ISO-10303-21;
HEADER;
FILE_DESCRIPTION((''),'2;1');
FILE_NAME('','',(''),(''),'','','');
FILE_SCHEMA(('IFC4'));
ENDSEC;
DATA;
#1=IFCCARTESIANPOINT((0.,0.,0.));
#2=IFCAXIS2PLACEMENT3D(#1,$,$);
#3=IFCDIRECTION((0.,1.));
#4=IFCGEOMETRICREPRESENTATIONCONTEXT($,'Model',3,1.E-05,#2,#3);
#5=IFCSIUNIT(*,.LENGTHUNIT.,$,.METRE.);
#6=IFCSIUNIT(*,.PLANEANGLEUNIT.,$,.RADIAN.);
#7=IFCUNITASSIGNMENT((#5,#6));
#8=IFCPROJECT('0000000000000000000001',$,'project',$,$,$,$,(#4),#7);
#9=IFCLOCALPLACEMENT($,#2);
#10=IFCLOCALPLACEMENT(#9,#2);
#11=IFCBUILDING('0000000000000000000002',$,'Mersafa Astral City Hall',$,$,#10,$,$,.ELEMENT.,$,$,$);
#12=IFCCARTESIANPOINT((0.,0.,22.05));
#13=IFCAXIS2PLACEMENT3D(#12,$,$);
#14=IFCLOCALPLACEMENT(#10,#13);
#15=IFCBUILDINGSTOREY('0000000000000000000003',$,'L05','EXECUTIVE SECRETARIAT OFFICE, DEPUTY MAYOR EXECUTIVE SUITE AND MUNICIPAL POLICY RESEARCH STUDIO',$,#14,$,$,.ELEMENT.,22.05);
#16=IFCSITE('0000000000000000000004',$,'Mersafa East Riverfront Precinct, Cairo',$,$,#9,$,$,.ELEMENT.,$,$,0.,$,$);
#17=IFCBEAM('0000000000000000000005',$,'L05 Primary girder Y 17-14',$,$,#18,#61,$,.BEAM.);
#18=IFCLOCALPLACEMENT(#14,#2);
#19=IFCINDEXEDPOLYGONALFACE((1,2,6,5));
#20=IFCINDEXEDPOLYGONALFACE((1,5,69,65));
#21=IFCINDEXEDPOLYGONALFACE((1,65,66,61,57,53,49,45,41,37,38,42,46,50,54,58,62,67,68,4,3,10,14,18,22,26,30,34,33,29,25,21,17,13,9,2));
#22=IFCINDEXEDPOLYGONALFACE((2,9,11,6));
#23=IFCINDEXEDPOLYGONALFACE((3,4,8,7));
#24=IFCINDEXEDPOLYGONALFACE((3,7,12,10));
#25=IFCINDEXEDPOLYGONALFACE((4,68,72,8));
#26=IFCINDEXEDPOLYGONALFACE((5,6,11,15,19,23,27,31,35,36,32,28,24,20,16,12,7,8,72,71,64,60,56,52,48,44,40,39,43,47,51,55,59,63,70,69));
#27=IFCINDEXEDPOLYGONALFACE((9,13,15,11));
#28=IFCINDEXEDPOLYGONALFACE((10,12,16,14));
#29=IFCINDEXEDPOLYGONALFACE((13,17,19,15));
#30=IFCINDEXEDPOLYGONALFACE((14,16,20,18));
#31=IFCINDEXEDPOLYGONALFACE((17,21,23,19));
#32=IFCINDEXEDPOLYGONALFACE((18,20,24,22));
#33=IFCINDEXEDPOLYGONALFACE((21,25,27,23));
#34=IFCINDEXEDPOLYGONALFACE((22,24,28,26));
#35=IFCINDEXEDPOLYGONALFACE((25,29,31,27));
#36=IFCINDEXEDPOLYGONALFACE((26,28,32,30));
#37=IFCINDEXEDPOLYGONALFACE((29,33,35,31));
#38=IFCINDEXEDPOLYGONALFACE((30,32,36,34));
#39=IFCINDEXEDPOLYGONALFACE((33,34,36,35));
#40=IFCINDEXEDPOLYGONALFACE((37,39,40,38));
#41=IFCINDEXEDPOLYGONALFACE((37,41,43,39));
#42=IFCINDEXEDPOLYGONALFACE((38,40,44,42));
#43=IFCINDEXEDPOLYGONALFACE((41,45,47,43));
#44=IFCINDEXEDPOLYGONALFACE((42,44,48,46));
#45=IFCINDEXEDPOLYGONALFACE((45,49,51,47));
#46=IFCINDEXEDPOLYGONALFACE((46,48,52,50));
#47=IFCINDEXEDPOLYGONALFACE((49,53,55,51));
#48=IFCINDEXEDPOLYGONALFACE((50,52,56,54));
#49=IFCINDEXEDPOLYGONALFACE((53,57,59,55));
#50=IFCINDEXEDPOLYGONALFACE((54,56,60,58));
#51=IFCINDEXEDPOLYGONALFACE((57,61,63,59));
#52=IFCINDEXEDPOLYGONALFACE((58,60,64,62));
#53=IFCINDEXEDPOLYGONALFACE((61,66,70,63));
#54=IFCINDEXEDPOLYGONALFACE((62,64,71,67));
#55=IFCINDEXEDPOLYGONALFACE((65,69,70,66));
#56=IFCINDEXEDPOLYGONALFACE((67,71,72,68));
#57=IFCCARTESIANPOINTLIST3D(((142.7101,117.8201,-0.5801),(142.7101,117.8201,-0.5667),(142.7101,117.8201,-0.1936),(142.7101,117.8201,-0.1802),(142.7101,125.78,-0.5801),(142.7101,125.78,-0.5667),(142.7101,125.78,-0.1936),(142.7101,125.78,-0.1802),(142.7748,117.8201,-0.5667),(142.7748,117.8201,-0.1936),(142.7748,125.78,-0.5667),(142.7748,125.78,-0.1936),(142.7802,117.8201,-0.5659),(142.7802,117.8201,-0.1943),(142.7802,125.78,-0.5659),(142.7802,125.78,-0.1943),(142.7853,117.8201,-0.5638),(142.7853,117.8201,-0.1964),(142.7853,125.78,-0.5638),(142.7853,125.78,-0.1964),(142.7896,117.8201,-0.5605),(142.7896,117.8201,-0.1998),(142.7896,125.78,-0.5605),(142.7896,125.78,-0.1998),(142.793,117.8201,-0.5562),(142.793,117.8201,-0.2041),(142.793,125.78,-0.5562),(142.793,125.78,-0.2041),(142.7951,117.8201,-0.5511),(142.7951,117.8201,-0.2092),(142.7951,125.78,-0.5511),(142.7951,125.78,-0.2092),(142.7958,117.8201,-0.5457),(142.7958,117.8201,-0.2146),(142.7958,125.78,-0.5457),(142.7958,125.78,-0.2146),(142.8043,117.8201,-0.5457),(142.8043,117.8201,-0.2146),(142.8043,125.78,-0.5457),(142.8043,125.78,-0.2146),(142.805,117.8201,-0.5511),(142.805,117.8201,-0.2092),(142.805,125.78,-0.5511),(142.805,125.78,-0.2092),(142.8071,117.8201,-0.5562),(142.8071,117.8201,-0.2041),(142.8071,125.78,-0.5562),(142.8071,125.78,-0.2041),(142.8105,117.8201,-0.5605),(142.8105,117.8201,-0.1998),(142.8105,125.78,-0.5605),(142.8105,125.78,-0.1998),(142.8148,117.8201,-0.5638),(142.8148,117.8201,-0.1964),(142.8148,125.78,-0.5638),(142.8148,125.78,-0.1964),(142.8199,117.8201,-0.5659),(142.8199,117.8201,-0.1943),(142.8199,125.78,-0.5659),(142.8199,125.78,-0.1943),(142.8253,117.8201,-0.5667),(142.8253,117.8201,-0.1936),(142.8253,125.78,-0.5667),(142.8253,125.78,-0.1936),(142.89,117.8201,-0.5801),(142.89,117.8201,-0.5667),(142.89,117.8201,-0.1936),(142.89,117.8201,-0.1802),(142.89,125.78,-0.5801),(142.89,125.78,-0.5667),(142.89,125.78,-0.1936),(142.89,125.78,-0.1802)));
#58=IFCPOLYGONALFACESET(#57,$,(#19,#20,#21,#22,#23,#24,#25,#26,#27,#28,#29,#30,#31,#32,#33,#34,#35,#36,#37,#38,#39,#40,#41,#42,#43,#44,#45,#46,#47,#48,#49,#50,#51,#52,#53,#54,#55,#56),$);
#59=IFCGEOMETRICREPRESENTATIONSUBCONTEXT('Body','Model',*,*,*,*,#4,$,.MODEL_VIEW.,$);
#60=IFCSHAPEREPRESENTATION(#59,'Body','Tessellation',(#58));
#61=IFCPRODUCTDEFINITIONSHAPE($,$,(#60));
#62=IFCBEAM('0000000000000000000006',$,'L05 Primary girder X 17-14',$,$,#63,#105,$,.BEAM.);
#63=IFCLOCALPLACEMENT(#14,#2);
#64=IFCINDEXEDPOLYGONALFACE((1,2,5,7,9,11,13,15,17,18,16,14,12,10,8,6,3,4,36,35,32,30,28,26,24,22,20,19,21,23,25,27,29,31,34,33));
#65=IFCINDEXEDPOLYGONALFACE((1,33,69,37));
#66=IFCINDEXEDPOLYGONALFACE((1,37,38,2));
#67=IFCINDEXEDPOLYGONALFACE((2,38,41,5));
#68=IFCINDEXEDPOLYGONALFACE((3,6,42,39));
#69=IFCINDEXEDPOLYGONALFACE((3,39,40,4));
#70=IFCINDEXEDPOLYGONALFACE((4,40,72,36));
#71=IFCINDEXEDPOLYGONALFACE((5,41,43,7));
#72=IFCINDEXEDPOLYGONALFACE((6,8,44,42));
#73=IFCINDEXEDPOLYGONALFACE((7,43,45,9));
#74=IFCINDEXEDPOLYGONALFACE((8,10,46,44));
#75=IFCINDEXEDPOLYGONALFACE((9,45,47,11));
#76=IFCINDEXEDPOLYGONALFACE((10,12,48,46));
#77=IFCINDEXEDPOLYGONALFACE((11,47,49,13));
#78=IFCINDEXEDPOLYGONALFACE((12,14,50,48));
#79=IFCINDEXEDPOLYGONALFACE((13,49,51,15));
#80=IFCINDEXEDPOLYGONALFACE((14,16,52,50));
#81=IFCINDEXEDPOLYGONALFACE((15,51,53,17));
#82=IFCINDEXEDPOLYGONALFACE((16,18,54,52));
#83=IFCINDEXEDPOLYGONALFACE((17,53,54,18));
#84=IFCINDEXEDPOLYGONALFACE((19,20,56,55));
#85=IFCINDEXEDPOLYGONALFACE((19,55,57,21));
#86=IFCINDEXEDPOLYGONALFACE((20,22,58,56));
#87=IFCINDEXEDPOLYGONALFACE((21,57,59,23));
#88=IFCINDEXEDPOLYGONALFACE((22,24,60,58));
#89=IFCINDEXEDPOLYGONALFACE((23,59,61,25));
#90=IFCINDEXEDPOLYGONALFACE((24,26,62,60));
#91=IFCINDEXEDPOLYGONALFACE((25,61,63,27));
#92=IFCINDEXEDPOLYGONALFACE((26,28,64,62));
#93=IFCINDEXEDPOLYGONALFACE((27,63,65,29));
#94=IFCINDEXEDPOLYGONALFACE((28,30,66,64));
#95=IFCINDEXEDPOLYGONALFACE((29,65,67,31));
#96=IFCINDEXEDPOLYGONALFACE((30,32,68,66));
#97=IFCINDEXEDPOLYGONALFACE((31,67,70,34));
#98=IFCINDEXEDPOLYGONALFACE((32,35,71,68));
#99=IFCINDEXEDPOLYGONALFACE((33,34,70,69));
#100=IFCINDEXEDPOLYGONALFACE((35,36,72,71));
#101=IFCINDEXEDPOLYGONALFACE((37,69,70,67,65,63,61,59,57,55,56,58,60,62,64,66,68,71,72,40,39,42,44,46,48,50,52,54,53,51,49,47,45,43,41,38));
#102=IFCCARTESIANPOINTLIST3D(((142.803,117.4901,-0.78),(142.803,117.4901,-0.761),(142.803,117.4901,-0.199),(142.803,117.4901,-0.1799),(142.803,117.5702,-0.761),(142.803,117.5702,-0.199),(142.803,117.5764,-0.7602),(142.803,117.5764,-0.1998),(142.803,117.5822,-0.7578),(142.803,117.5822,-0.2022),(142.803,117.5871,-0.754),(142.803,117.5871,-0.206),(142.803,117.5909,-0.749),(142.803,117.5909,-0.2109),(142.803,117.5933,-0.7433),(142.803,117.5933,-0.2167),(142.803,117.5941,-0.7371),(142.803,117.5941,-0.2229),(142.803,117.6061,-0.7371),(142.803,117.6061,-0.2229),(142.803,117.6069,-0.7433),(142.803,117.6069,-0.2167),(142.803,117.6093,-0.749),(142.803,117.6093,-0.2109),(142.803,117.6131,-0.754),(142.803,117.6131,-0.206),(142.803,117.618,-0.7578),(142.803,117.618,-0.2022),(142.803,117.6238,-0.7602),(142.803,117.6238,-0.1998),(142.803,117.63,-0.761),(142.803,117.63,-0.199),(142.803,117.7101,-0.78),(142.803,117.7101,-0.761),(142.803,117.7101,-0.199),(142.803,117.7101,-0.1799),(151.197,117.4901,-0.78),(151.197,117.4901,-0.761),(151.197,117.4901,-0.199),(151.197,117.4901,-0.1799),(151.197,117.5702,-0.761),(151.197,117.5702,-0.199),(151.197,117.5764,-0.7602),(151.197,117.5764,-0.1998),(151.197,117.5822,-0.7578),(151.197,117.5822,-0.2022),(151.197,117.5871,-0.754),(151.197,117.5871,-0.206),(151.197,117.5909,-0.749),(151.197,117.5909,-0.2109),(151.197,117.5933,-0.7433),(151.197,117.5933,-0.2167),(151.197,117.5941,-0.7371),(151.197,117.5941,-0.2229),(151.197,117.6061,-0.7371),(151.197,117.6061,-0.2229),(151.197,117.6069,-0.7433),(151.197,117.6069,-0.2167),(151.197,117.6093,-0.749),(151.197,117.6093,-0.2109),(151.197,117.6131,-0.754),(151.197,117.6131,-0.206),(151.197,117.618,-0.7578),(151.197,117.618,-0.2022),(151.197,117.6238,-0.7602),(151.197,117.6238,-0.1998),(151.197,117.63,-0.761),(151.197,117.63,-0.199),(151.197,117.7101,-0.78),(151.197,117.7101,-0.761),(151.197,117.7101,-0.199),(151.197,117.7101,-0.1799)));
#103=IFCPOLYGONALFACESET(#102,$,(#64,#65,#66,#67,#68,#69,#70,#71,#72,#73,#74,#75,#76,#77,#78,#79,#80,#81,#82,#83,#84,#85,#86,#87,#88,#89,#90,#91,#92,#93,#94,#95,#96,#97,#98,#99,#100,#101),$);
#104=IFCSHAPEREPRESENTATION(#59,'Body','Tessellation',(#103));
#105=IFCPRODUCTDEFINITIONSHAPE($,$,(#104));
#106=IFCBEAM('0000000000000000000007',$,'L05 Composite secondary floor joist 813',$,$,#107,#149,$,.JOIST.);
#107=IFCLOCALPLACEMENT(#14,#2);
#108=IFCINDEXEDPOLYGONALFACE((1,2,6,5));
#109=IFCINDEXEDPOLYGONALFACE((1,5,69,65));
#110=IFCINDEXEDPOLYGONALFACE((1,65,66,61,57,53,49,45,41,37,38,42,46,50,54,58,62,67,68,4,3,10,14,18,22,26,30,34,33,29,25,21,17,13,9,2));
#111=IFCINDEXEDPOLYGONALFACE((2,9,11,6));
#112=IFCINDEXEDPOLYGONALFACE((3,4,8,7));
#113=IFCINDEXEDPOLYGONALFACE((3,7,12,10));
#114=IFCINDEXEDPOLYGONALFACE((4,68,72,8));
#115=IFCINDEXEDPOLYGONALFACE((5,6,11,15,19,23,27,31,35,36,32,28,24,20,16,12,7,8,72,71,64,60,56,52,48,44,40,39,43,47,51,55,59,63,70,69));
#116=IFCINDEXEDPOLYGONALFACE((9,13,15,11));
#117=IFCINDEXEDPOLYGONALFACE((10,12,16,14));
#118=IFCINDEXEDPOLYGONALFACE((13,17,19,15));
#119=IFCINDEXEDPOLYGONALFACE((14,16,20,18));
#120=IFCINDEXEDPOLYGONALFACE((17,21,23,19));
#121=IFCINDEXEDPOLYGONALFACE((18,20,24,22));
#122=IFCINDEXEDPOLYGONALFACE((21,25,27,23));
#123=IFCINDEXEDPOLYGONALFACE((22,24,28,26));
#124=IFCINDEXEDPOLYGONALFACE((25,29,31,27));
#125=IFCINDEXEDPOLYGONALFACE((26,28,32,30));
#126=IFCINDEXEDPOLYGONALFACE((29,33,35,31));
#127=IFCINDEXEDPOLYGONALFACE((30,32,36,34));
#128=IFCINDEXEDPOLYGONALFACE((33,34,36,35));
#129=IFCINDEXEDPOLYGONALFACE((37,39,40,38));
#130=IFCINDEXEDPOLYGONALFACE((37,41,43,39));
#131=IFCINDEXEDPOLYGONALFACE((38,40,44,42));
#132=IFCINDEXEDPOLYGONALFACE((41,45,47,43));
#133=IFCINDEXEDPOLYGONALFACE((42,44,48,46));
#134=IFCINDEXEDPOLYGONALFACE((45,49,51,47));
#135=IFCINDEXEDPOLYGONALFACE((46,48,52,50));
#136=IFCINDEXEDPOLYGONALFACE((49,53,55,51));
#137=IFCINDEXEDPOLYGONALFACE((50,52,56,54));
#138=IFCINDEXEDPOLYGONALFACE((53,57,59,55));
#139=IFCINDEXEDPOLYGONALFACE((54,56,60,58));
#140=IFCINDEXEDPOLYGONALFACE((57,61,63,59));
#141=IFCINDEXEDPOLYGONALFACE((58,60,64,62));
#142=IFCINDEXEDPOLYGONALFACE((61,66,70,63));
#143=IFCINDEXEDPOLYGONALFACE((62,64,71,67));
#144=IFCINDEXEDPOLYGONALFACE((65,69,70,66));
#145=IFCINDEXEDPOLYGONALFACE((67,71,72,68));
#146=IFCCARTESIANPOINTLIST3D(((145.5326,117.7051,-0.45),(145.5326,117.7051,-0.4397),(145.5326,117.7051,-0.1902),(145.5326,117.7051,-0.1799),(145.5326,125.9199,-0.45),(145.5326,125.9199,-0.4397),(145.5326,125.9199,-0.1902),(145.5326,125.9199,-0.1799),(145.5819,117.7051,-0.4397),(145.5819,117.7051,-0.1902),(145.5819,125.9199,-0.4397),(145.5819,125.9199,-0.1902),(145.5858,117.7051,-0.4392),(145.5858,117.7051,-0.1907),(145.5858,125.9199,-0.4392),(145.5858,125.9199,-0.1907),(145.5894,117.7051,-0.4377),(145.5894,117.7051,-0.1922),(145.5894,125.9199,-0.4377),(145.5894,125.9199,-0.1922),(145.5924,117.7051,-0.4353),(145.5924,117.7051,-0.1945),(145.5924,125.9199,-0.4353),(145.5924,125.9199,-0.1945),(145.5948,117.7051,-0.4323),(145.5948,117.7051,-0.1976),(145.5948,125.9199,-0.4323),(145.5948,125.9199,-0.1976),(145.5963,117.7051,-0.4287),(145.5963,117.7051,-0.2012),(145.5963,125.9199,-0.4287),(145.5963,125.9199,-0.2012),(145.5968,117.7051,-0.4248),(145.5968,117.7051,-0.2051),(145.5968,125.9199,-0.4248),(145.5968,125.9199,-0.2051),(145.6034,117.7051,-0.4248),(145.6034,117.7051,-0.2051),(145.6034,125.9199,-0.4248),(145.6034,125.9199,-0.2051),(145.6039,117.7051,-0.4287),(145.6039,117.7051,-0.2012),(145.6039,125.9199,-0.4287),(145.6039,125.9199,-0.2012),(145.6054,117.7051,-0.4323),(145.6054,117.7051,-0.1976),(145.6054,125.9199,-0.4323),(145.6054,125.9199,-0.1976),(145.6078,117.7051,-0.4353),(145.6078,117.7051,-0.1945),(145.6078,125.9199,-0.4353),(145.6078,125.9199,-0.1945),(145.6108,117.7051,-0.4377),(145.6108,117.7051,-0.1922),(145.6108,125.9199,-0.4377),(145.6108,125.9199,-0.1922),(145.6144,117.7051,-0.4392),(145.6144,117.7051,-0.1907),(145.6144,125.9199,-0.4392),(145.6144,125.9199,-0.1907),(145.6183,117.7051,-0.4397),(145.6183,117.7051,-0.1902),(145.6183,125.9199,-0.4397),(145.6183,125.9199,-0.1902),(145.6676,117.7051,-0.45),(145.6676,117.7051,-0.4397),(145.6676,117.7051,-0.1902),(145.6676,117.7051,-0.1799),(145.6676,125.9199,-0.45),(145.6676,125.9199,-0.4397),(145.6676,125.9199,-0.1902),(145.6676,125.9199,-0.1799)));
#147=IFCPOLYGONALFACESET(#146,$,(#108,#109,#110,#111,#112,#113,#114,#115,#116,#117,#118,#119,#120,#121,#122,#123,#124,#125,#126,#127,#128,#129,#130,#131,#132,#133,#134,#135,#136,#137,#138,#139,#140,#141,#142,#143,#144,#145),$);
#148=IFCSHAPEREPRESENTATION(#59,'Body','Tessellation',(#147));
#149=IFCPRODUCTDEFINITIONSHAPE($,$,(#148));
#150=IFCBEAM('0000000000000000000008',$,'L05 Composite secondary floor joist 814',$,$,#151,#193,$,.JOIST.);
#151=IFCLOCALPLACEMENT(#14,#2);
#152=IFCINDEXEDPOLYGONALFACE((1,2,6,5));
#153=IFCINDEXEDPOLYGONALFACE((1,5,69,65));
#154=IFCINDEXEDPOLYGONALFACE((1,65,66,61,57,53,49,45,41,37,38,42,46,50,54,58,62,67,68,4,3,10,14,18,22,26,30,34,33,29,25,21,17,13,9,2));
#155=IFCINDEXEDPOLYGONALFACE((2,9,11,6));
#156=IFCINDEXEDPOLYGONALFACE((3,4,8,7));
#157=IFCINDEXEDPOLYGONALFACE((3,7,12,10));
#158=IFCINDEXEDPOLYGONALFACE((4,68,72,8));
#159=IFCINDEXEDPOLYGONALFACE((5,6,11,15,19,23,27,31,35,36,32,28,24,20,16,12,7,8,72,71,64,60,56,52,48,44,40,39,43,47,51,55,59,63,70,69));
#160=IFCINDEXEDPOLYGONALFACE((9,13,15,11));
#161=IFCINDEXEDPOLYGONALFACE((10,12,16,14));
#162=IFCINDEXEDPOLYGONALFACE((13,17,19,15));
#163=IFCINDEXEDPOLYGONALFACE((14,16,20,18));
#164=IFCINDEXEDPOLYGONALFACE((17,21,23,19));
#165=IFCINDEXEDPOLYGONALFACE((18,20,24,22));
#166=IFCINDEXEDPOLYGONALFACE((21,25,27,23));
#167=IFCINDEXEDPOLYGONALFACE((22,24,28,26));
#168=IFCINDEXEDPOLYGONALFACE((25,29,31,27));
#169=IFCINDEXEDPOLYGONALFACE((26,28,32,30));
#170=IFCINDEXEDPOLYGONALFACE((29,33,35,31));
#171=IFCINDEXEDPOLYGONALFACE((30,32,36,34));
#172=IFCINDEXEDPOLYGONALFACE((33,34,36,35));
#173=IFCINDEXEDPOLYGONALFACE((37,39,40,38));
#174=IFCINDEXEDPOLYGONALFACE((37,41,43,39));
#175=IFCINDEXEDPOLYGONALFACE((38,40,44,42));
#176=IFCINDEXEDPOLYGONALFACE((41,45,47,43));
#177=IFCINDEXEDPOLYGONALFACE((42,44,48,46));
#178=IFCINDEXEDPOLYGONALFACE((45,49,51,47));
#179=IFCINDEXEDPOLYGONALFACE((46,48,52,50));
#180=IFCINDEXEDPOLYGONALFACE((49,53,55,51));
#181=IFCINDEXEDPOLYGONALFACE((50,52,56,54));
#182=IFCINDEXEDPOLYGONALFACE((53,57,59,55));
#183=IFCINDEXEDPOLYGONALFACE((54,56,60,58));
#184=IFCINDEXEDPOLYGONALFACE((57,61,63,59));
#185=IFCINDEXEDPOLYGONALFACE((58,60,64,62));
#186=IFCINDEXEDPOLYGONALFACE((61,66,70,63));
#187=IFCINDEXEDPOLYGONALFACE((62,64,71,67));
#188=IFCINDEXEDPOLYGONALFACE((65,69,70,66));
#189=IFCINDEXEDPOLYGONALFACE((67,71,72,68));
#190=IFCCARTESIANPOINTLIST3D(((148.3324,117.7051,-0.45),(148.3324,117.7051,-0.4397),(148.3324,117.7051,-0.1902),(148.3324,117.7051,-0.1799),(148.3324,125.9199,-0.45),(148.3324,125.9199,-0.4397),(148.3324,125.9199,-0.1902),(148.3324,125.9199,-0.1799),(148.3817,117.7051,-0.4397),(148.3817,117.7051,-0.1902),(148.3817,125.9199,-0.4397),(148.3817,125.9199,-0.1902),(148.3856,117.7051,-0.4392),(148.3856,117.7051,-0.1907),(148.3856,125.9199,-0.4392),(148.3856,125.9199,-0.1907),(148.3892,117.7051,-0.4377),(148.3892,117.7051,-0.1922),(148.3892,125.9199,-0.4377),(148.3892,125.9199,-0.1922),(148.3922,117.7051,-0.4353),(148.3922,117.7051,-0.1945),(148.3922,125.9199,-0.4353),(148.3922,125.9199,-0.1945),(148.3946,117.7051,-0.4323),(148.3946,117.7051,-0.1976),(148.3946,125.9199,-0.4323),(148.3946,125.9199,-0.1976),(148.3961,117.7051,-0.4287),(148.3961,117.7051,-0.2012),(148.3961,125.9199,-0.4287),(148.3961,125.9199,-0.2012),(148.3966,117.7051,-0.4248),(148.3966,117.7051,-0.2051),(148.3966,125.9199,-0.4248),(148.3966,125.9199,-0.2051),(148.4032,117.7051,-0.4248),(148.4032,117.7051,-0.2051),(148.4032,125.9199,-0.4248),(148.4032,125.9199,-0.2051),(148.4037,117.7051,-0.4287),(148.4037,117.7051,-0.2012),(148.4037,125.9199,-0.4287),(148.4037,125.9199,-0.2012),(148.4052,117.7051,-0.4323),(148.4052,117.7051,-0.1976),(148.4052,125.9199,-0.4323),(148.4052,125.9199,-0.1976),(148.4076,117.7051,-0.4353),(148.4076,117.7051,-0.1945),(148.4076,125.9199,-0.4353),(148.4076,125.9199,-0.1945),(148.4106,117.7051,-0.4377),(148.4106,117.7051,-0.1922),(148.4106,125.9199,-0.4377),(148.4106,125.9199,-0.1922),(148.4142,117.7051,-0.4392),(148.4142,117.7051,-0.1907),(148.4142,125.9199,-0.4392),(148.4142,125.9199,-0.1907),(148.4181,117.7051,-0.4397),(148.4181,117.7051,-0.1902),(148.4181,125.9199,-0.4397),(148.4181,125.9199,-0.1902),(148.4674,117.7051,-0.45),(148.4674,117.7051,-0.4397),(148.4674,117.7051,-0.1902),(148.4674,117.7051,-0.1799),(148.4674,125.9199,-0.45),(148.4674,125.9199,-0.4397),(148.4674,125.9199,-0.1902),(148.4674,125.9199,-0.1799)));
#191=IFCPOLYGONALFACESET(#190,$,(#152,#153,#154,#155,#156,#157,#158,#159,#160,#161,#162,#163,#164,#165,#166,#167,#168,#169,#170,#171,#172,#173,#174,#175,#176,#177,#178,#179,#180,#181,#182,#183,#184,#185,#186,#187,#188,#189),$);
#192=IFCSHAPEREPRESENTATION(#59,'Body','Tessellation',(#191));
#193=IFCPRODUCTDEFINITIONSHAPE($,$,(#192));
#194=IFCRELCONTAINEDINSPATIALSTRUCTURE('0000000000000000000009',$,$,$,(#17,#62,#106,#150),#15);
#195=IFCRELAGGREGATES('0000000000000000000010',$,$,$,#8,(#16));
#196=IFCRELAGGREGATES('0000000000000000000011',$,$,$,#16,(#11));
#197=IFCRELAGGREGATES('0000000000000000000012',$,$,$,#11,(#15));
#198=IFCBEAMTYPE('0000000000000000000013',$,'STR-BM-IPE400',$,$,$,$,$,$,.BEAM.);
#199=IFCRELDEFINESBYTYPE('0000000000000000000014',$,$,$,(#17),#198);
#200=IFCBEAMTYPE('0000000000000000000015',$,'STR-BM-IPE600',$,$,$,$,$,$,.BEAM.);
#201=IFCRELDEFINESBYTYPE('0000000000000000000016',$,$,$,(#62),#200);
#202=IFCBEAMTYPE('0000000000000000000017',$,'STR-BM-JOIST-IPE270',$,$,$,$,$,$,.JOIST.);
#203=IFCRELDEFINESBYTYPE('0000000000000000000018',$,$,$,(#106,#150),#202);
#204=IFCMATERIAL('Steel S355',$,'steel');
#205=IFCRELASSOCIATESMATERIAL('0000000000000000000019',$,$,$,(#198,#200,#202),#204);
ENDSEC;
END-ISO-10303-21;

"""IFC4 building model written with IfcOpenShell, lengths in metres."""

from ifc_helpers import new_model, si_unit, direction, frame, origin, origin_2d, place, context, subcontext, project, spatial, i_section, extrude, material, material_profile, profile_set, type_object, element, save


model = new_model("IFC4")

# Units and contexts
model_context = context("Model", 3, precision=1e-05, world=origin(), true_north=direction((0.0, 1.0)))
body_context = subcontext(model_context, "Body", "Model", "MODEL_VIEW")
ifc_project = project(units=[si_unit("LENGTHUNIT", "METRE"), si_unit("PLANEANGLEUNIT", "RADIAN")], contexts=[model_context])

# Site, building, storey
site_placement = place(None, origin())
site = spatial("IfcSite", under=ifc_project, at=site_placement, Name="Mersafa East Riverfront Precinct, Cairo", CompositionType="ELEMENT", RefElevation=0.0)
building_placement = place(site_placement, origin())
building = spatial("IfcBuilding", under=site, at=building_placement, Name="Mersafa Astral City Hall", CompositionType="ELEMENT")
storey_placement = place(building_placement, frame((0.0, 0.0, 22.05)))
storey = spatial("IfcBuildingStorey", under=building, at=storey_placement, Name="L05", Description="EXECUTIVE SECRETARIAT OFFICE, DEPUTY MAYOR EXECUTIVE SUITE AND MUNICIPAL POLICY RESEARCH STUDIO", CompositionType="ELEMENT", Elevation=22.05)

# Shared definitions
ifc_material_1 = material(Name="Steel S355", Category="steel")

# Beams
ifc_material_profile_1 = material_profile(ifc_material_1, i_section(OverallWidth=0.1799, OverallDepth=0.3999, WebThickness=0.0085, FlangeThickness=0.0134, FilletRadius=0.021, at=origin_2d()), Name="IPE 400")
ifc_profile_set_1 = profile_set([ifc_material_profile_1], Name="Steel S355")
beam_type_1 = type_object("IfcBeamType", Name="STR-BM-IPE400", PredefinedType="BEAM", material=ifc_profile_set_1)
beam_1_placement = place(storey_placement, frame((142.8, 117.8201, -0.3801), z_axis=(0.0, 1.0, 0.0), x_axis=(-1.0, 0.0, 0.0)))
element("IfcBeam", 1, at=beam_1_placement, inside=storey, type_object=beam_type_1, Name="L05 Primary girder Y 17-14", PredefinedType="BEAM", context=body_context, shape_type="SweptSolid", body=[
    extrude(i_section(OverallWidth=0.1799, OverallDepth=0.3999, WebThickness=0.0085, FlangeThickness=0.0134, FilletRadius=0.021, at=origin_2d()), origin(), (0.0, 0.0, 1.0), 7.96),
])
ifc_material_profile_2 = material_profile(ifc_material_1, i_section(OverallWidth=0.22, OverallDepth=0.6001, WebThickness=0.012, FlangeThickness=0.019, FilletRadius=0.0239, at=origin_2d()), Name="IPE 600")
ifc_profile_set_2 = profile_set([ifc_material_profile_2], Name="Steel S355")
beam_type_2 = type_object("IfcBeamType", Name="STR-BM-IPE600", PredefinedType="BEAM", material=ifc_profile_set_2)
beam_2_placement = place(storey_placement, frame((142.803, 117.6001, -0.48), z_axis=(1.0, 0.0, 0.0), x_axis=(0.0, 1.0, 0.0)))
element("IfcBeam", 2, at=beam_2_placement, inside=storey, type_object=beam_type_2, Name="L05 Primary girder X 17-14", PredefinedType="BEAM", context=body_context, shape_type="SweptSolid", body=[
    extrude(i_section(OverallWidth=0.22, OverallDepth=0.6001, WebThickness=0.012, FlangeThickness=0.019, FilletRadius=0.0239, at=origin_2d()), origin(), (0.0, 0.0, 1.0), 8.394),
])
ifc_material_profile_3 = material_profile(ifc_material_1, i_section(OverallWidth=0.135, OverallDepth=0.27, WebThickness=0.0066, FlangeThickness=0.0103, FilletRadius=0.0149, at=origin_2d()), Name="IPE 270")
ifc_profile_set_3 = profile_set([ifc_material_profile_3], Name="Steel S355")
beam_type_3 = type_object("IfcBeamType", Name="STR-BM-JOIST-IPE270", PredefinedType="JOIST", material=ifc_profile_set_3)
for number, where, z_axis, x_axis, name in (
    (3, (145.6001, 117.7051, -0.3149), (0.0, 1.0, 0.0), (-1.0, 0.0, 0.0), "L05 Composite secondary floor joist 813"),
    (4, (148.3999, 117.7051, -0.3149), (0.0, 1.0, 0.0), (-1.0, 0.0, 0.0), "L05 Composite secondary floor joist 814"),
):
    element("IfcBeam", number, at=place(storey_placement, frame(where, z_axis=z_axis, x_axis=x_axis)), inside=storey, type_object=beam_type_3, Name=name, PredefinedType="JOIST", context=body_context, shape_type="SweptSolid", body=[
        extrude(i_section(OverallWidth=0.135, OverallDepth=0.27, WebThickness=0.0066, FlangeThickness=0.0103, FilletRadius=0.0149, at=origin_2d()), origin(), (0.0, 0.0, 1.0), 8.2148),
    ])

save(model, "model.ifc")
